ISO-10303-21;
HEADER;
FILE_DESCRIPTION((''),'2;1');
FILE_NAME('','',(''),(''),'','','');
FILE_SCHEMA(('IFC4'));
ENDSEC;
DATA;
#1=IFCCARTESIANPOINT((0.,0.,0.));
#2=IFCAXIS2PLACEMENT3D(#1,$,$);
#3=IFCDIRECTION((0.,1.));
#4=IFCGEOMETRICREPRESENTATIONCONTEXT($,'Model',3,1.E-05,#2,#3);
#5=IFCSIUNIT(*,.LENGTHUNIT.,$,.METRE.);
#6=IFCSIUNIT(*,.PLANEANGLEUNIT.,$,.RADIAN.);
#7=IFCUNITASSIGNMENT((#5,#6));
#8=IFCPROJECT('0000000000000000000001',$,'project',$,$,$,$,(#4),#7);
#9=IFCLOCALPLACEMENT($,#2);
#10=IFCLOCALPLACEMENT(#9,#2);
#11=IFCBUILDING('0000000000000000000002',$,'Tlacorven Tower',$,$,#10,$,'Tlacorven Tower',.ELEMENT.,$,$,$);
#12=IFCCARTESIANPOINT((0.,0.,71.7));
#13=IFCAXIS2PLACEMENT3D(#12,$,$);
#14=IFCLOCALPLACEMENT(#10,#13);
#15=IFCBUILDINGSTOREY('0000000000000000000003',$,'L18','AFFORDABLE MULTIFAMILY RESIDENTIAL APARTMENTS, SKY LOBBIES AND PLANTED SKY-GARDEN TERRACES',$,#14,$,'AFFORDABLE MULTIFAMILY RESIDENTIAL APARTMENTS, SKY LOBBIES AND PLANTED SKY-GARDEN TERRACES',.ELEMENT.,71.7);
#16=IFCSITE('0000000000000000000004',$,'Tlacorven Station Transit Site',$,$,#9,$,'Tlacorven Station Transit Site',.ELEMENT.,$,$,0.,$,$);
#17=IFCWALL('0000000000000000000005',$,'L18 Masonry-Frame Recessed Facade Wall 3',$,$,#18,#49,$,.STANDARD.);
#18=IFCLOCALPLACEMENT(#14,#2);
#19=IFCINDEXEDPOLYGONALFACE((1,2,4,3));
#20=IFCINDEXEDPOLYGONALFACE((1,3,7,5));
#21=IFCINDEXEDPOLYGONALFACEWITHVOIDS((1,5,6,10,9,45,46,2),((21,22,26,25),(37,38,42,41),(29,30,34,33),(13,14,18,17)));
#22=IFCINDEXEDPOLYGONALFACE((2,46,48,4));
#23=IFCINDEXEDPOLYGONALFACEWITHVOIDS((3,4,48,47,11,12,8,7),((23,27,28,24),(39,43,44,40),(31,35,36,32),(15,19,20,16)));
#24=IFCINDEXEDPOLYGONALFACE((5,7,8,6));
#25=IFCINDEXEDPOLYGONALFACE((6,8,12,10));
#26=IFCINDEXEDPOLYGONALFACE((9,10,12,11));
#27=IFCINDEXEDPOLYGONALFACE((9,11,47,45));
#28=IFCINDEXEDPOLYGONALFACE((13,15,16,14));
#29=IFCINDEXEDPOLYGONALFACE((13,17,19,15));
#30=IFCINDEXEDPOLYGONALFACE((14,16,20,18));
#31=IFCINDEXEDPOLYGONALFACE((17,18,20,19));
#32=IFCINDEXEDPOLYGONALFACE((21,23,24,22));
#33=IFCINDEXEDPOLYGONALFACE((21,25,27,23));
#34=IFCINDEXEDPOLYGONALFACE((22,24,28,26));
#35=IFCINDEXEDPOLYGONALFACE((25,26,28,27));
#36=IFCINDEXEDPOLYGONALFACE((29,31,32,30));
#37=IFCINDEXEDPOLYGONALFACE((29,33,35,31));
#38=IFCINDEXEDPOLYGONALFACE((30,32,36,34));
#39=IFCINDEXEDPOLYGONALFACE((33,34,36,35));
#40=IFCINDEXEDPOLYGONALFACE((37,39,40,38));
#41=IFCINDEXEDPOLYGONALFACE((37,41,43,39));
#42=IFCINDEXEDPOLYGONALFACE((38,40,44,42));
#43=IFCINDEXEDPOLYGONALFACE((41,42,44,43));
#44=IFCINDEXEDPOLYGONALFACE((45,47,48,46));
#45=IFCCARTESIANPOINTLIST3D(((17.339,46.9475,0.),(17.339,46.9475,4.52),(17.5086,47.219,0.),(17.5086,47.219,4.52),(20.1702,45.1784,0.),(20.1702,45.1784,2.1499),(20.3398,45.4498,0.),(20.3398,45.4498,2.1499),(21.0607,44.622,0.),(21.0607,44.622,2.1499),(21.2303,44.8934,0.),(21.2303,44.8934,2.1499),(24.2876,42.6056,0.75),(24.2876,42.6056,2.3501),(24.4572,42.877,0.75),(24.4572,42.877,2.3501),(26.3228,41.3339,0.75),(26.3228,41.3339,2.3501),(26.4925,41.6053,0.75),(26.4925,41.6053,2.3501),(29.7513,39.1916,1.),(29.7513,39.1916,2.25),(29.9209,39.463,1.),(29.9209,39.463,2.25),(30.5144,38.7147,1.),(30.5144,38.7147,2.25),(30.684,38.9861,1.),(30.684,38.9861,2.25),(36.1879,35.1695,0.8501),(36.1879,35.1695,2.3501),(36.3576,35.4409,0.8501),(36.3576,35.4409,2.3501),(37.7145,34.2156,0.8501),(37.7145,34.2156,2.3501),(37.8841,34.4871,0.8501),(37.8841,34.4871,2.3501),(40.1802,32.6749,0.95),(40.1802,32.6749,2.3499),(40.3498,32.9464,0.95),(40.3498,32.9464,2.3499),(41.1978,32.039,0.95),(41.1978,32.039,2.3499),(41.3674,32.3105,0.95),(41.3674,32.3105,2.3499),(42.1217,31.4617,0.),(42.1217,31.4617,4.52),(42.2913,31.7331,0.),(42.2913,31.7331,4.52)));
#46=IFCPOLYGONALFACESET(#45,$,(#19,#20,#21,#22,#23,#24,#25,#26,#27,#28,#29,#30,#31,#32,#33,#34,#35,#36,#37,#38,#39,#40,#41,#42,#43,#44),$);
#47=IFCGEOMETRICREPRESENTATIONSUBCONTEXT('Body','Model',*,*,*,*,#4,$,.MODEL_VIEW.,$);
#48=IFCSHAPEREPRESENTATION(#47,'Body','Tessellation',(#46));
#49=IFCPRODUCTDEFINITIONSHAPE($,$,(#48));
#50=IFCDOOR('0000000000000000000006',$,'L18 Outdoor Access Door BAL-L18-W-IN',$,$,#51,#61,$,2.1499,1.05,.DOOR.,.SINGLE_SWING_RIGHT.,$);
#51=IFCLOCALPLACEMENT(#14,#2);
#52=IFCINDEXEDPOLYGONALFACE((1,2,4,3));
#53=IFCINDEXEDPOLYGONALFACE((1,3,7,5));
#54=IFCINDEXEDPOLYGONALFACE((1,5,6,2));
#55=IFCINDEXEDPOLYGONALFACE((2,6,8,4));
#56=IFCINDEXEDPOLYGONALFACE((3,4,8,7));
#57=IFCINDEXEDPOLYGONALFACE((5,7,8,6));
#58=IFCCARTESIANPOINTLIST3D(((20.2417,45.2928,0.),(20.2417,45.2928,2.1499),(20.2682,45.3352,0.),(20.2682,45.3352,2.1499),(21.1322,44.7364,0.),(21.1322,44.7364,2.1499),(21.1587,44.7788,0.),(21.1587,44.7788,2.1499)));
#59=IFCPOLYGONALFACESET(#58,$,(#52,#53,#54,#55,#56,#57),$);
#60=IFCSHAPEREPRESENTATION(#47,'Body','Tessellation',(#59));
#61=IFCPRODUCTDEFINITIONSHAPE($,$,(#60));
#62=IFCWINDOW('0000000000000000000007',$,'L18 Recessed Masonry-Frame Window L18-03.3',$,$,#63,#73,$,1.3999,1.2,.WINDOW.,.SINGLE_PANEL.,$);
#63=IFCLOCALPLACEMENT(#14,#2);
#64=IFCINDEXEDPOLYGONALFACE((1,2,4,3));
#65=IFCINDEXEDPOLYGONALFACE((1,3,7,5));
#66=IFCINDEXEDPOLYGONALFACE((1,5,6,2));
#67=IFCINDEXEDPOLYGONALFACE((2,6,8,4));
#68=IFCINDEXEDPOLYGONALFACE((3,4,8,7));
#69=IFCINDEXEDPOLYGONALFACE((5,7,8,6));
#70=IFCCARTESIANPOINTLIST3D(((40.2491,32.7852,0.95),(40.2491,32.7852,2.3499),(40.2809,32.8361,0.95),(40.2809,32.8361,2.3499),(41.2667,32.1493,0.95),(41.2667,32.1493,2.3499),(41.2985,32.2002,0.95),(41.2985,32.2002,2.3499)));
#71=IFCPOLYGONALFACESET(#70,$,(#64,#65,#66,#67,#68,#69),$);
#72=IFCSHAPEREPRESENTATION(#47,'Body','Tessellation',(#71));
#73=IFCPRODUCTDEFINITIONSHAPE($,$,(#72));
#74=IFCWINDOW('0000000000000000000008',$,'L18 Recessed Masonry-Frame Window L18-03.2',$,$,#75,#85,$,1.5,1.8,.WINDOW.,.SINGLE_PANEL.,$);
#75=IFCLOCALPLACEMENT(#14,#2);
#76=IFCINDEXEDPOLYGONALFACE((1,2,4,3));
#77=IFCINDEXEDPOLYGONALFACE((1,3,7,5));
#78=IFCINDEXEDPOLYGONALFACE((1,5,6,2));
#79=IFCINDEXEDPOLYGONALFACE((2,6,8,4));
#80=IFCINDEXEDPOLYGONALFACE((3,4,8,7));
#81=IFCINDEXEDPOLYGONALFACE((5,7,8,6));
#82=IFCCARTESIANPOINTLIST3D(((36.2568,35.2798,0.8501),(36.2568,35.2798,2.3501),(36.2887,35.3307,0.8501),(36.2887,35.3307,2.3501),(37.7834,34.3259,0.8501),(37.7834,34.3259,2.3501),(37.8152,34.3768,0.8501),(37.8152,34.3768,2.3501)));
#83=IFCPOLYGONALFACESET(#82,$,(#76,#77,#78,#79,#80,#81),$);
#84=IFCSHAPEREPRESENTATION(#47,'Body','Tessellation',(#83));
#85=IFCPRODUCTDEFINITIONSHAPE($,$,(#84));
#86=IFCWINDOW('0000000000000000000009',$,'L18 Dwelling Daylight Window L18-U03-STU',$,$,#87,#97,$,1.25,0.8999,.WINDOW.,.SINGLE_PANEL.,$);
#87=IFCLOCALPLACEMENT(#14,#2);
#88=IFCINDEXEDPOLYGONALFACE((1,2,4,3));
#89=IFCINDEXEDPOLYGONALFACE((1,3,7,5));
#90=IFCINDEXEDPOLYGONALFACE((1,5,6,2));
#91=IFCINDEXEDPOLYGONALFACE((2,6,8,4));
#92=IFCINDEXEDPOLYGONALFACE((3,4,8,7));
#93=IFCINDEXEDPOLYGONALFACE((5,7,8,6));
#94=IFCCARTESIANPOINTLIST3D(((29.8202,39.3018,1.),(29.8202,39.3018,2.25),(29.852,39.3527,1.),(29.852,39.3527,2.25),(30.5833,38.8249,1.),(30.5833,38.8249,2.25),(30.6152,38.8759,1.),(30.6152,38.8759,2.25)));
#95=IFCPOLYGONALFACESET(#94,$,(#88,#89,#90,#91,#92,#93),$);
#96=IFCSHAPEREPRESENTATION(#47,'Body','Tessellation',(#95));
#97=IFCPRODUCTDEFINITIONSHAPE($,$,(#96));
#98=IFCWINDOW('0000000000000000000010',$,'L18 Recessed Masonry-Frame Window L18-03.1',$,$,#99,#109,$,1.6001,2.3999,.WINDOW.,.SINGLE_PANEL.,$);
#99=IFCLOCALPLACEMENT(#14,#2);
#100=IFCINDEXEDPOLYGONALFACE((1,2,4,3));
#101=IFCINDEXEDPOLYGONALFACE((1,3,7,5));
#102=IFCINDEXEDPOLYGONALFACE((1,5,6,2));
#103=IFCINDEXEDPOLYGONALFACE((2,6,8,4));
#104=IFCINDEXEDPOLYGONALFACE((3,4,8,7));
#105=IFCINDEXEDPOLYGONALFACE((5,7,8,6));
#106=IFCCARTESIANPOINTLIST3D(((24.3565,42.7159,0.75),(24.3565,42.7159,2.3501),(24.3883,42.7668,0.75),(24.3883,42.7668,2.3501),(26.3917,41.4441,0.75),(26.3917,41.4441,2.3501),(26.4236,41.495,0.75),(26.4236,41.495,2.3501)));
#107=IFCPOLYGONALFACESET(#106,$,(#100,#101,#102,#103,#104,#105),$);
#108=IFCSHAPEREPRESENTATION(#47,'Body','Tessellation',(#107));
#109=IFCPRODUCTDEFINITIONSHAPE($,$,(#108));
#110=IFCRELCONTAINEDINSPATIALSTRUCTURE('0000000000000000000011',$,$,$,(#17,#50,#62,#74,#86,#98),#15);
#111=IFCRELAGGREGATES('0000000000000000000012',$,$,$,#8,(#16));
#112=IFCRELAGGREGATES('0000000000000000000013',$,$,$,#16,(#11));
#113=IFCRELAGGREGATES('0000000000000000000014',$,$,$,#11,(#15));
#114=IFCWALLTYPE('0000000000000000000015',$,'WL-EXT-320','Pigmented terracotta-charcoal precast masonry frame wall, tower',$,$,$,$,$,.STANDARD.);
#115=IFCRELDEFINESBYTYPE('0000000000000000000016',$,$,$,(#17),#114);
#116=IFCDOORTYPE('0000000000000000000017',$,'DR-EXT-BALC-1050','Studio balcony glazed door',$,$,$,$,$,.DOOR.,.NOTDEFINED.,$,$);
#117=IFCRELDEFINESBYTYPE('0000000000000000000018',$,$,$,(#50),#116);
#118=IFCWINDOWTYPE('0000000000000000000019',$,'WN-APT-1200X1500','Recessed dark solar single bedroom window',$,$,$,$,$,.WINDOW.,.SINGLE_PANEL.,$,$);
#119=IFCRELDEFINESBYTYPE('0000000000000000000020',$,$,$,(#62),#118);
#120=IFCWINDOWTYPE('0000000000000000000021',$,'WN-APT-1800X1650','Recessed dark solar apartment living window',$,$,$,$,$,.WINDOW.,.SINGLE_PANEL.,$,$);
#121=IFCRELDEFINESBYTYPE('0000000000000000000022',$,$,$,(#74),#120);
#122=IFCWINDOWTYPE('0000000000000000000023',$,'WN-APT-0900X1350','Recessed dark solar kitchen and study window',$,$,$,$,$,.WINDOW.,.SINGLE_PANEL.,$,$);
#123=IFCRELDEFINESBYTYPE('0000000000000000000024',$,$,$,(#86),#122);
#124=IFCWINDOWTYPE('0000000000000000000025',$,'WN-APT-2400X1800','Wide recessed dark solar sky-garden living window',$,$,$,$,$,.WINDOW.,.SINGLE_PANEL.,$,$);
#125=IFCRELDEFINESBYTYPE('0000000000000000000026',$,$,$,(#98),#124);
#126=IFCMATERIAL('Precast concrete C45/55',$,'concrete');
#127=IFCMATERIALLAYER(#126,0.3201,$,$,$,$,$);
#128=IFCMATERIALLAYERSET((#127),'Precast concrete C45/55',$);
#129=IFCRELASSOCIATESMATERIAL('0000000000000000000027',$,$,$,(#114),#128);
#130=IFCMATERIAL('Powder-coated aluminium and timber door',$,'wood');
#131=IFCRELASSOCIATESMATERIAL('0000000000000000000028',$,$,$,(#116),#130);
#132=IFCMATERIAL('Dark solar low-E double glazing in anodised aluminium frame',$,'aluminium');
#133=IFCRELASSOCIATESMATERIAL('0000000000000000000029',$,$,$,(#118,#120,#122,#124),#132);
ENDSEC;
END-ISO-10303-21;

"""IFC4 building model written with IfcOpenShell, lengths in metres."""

from ifc_helpers import new_model, si_unit, direction, frame, frame_2d, origin, place, context, subcontext, project, spatial, rectangle, extrude, source, transform, mapped, material, layer, layer_set, type_object, element, fill, save


model = new_model("IFC4")

# Units and contexts
model_context = context("Model", 3, precision=1e-05, world=origin(), true_north=direction((0.0, 1.0)))
body_context = subcontext(model_context, "Body", "Model", "MODEL_VIEW")
ifc_project = project(units=[si_unit("LENGTHUNIT", "METRE"), si_unit("PLANEANGLEUNIT", "RADIAN")], contexts=[model_context])

# Site, building, storey
site_placement = place(None, origin())
site = spatial("IfcSite", under=ifc_project, at=site_placement, Name="Tlacorven Station Transit Site", LongName="Tlacorven Station Transit Site", CompositionType="ELEMENT", RefElevation=0.0)
building_placement = place(site_placement, origin())
building = spatial("IfcBuilding", under=site, at=building_placement, Name="Tlacorven Tower", LongName="Tlacorven Tower", CompositionType="ELEMENT")
storey_placement = place(building_placement, frame((0.0, 0.0, 71.7)))
storey = spatial("IfcBuildingStorey", under=building, at=storey_placement, Name="L18", Description="AFFORDABLE MULTIFAMILY RESIDENTIAL APARTMENTS, SKY LOBBIES AND PLANTED SKY-GARDEN TERRACES", LongName="AFFORDABLE MULTIFAMILY RESIDENTIAL APARTMENTS, SKY LOBBIES AND PLANTED SKY-GARDEN TERRACES", CompositionType="ELEMENT", Elevation=71.7)

# Wall, openings, door, windows
ifc_material_1 = material(Name="Precast concrete C45/55", Category="concrete")
ifc_layer_1 = layer(ifc_material_1, 0.3201)
ifc_layer_set_1 = layer_set([ifc_layer_1], Name="Precast concrete C45/55")
wall_type_1 = type_object("IfcWallType", Name="WL-EXT-320", Description="Pigmented terracotta-charcoal precast masonry frame wall, tower", PredefinedType="STANDARD", material=ifc_layer_set_1)
wall_1_placement = place(storey_placement, frame((17.4238, 47.0833, 0.0), z_axis=(0.0, 0.0, 1.0), x_axis=(0.84805, -0.529916, 0.0)))
wall_1 = element("IfcWall", 1, at=wall_1_placement, inside=storey, type_object=wall_type_1, Name="L18 Masonry-Frame Recessed Facade Wall 3", PredefinedType="STANDARD", context=body_context, shape_type="SweptSolid", body=[
    extrude(rectangle(XDim=29.2231, YDim=0.3201, at=frame_2d((14.6116, 0.0))), origin(), (0.0, 0.0, 1.0), 4.52),
])
opening_1_placement = place(wall_1_placement, frame((3.3386, 0.0, 0.0)))
opening_1 = element("IfcOpeningElement", 2, at=opening_1_placement, cuts=wall_1, PredefinedType="OPENING", context=body_context, shape_type="SweptSolid", body=[
    extrude(rectangle(XDim=1.05, YDim=2.1499, at=frame_2d((0.5249, 1.075))), frame((0.0, 0.1699, 0.0), z_axis=(0.0, -1.0, 0.0), x_axis=(1.0, 0.0, 0.0)), (0.0, 0.0, 1.0), 0.3401),
])
opening_2_placement = place(wall_1_placement, frame((8.1936, 0.0, 0.75)))
opening_2 = element("IfcOpeningElement", 3, at=opening_2_placement, cuts=wall_1, PredefinedType="OPENING", context=body_context, shape_type="SweptSolid", body=[
    extrude(rectangle(XDim=2.3999, YDim=1.6001, at=frame_2d((1.2, 0.8))), frame((0.0, 0.1699, 0.0), z_axis=(0.0, -1.0, 0.0), x_axis=(1.0, 0.0, 0.0)), (0.0, 0.0, 1.0), 0.3401),
])
opening_3_placement = place(wall_1_placement, frame((22.2263, 0.0, 0.8501)))
opening_3 = element("IfcOpeningElement", 4, at=opening_3_placement, cuts=wall_1, PredefinedType="OPENING", context=body_context, shape_type="SweptSolid", body=[
    extrude(rectangle(XDim=1.8, YDim=1.5, at=frame_2d((0.8999, 0.75))), frame((0.0, 0.1699, 0.0), z_axis=(0.0, -1.0, 0.0), x_axis=(1.0, 0.0, 0.0)), (0.0, 0.0, 1.0), 0.3401),
])
opening_4_placement = place(wall_1_placement, frame((26.9336, 0.0, 0.95)))
opening_4 = element("IfcOpeningElement", 5, at=opening_4_placement, cuts=wall_1, PredefinedType="OPENING", context=body_context, shape_type="SweptSolid", body=[
    extrude(rectangle(XDim=1.2, YDim=1.3999, at=frame_2d((0.6001, 0.7))), frame((0.0, 0.1699, 0.0), z_axis=(0.0, -1.0, 0.0), x_axis=(1.0, 0.0, 0.0)), (0.0, 0.0, 1.0), 0.3401),
])
opening_5_placement = place(wall_1_placement, frame((14.6362, 0.0, 1.0)))
opening_5 = element("IfcOpeningElement", 6, at=opening_5_placement, cuts=wall_1, PredefinedType="OPENING", context=body_context, shape_type="SweptSolid", body=[
    extrude(rectangle(XDim=0.8999, YDim=1.25, at=frame_2d((0.45, 0.625))), frame((0.0, 0.1699, 0.0), z_axis=(0.0, -1.0, 0.0), x_axis=(1.0, 0.0, 0.0)), (0.0, 0.0, 1.0), 0.3401),
])
ifc_material_2 = material(Name="Powder-coated aluminium and timber door", Category="wood")
door_type_1 = type_object("IfcDoorType", Name="DR-EXT-BALC-1050", Description="Studio balcony glazed door", OperationType="NOTDEFINED", PredefinedType="DOOR", material=ifc_material_2)
shared_shape_1 = source(origin(), body_context, "Body", "SweptSolid", [
    extrude(rectangle(XDim=1.05, YDim=2.1499, at=frame_2d((0.5249, 1.075))), frame((0.0, 0.0249, 0.0), z_axis=(0.0, -1.0, 0.0), x_axis=(1.0, 0.0, 0.0)), (0.0, 0.0, 1.0), 0.05),
])
door_1_placement = place(opening_1_placement, origin())
door_1 = element("IfcDoor", 7, at=door_1_placement, inside=storey, type_object=door_type_1, Name="L18 Outdoor Access Door BAL-L18-W-IN", OperationType="SINGLE_SWING_RIGHT", OverallHeight=2.1499, OverallWidth=1.05, PredefinedType="DOOR", context=body_context, shape_type="MappedRepresentation", body=[
    mapped(shared_shape_1, transform((0.0, 0.0, 0.0), scale=1.0)),
])
fill(opening_1, door_1)
ifc_material_3 = material(Name="Dark solar low-E double glazing in anodised aluminium frame", Category="aluminium")
window_type_1 = type_object("IfcWindowType", Name="WN-APT-1200X1500", Description="Recessed dark solar single bedroom window", PartitioningType="SINGLE_PANEL", PredefinedType="WINDOW", material=ifc_material_3)
shared_shape_2 = source(origin(), body_context, "Body", "SweptSolid", [
    extrude(rectangle(XDim=1.2, YDim=1.3999, at=frame_2d((0.6001, 0.7))), frame((0.0, 0.03, 0.0), z_axis=(0.0, -1.0, 0.0), x_axis=(1.0, 0.0, 0.0)), (0.0, 0.0, 1.0), 0.0601),
])
window_1_placement = place(opening_4_placement, origin())
window_1 = element("IfcWindow", 8, at=window_1_placement, inside=storey, type_object=window_type_1, Name="L18 Recessed Masonry-Frame Window L18-03.3", OverallHeight=1.3999, OverallWidth=1.2, PartitioningType="SINGLE_PANEL", PredefinedType="WINDOW", context=body_context, shape_type="MappedRepresentation", body=[
    mapped(shared_shape_2, transform((0.0, 0.0, 0.0), scale=1.0)),
])
fill(opening_4, window_1)
window_type_2 = type_object("IfcWindowType", Name="WN-APT-1800X1650", Description="Recessed dark solar apartment living window", PartitioningType="SINGLE_PANEL", PredefinedType="WINDOW", material=ifc_material_3)
shared_shape_3 = source(origin(), body_context, "Body", "SweptSolid", [
    extrude(rectangle(XDim=1.8, YDim=1.5, at=frame_2d((0.8999, 0.75))), frame((0.0, 0.03, 0.0), z_axis=(0.0, -1.0, 0.0), x_axis=(1.0, 0.0, 0.0)), (0.0, 0.0, 1.0), 0.0601),
])
window_2_placement = place(opening_3_placement, origin())
window_2 = element("IfcWindow", 9, at=window_2_placement, inside=storey, type_object=window_type_2, Name="L18 Recessed Masonry-Frame Window L18-03.2", OverallHeight=1.5, OverallWidth=1.8, PartitioningType="SINGLE_PANEL", PredefinedType="WINDOW", context=body_context, shape_type="MappedRepresentation", body=[
    mapped(shared_shape_3, transform((0.0, 0.0, 0.0), scale=1.0)),
])
fill(opening_3, window_2)
window_type_3 = type_object("IfcWindowType", Name="WN-APT-0900X1350", Description="Recessed dark solar kitchen and study window", PartitioningType="SINGLE_PANEL", PredefinedType="WINDOW", material=ifc_material_3)
shared_shape_4 = source(origin(), body_context, "Body", "SweptSolid", [
    extrude(rectangle(XDim=0.8999, YDim=1.25, at=frame_2d((0.45, 0.625))), frame((0.0, 0.03, 0.0), z_axis=(0.0, -1.0, 0.0), x_axis=(1.0, 0.0, 0.0)), (0.0, 0.0, 1.0), 0.0601),
])
window_3_placement = place(opening_5_placement, origin())
window_3 = element("IfcWindow", 10, at=window_3_placement, inside=storey, type_object=window_type_3, Name="L18 Dwelling Daylight Window L18-U03-STU", OverallHeight=1.25, OverallWidth=0.8999, PartitioningType="SINGLE_PANEL", PredefinedType="WINDOW", context=body_context, shape_type="MappedRepresentation", body=[
    mapped(shared_shape_4, transform((0.0, 0.0, 0.0), scale=1.0)),
])
fill(opening_5, window_3)
window_type_4 = type_object("IfcWindowType", Name="WN-APT-2400X1800", Description="Wide recessed dark solar sky-garden living window", PartitioningType="SINGLE_PANEL", PredefinedType="WINDOW", material=ifc_material_3)
shared_shape_5 = source(origin(), body_context, "Body", "SweptSolid", [
    extrude(rectangle(XDim=2.3999, YDim=1.6001, at=frame_2d((1.2, 0.8))), frame((0.0, 0.03, 0.0), z_axis=(0.0, -1.0, 0.0), x_axis=(1.0, 0.0, 0.0)), (0.0, 0.0, 1.0), 0.0601),
])
window_4_placement = place(opening_2_placement, origin())
window_4 = element("IfcWindow", 11, at=window_4_placement, inside=storey, type_object=window_type_4, Name="L18 Recessed Masonry-Frame Window L18-03.1", OverallHeight=1.6001, OverallWidth=2.3999, PartitioningType="SINGLE_PANEL", PredefinedType="WINDOW", context=body_context, shape_type="MappedRepresentation", body=[
    mapped(shared_shape_5, transform((0.0, 0.0, 0.0), scale=1.0)),
])
fill(opening_2, window_4)

save(model, "model.ifc")
